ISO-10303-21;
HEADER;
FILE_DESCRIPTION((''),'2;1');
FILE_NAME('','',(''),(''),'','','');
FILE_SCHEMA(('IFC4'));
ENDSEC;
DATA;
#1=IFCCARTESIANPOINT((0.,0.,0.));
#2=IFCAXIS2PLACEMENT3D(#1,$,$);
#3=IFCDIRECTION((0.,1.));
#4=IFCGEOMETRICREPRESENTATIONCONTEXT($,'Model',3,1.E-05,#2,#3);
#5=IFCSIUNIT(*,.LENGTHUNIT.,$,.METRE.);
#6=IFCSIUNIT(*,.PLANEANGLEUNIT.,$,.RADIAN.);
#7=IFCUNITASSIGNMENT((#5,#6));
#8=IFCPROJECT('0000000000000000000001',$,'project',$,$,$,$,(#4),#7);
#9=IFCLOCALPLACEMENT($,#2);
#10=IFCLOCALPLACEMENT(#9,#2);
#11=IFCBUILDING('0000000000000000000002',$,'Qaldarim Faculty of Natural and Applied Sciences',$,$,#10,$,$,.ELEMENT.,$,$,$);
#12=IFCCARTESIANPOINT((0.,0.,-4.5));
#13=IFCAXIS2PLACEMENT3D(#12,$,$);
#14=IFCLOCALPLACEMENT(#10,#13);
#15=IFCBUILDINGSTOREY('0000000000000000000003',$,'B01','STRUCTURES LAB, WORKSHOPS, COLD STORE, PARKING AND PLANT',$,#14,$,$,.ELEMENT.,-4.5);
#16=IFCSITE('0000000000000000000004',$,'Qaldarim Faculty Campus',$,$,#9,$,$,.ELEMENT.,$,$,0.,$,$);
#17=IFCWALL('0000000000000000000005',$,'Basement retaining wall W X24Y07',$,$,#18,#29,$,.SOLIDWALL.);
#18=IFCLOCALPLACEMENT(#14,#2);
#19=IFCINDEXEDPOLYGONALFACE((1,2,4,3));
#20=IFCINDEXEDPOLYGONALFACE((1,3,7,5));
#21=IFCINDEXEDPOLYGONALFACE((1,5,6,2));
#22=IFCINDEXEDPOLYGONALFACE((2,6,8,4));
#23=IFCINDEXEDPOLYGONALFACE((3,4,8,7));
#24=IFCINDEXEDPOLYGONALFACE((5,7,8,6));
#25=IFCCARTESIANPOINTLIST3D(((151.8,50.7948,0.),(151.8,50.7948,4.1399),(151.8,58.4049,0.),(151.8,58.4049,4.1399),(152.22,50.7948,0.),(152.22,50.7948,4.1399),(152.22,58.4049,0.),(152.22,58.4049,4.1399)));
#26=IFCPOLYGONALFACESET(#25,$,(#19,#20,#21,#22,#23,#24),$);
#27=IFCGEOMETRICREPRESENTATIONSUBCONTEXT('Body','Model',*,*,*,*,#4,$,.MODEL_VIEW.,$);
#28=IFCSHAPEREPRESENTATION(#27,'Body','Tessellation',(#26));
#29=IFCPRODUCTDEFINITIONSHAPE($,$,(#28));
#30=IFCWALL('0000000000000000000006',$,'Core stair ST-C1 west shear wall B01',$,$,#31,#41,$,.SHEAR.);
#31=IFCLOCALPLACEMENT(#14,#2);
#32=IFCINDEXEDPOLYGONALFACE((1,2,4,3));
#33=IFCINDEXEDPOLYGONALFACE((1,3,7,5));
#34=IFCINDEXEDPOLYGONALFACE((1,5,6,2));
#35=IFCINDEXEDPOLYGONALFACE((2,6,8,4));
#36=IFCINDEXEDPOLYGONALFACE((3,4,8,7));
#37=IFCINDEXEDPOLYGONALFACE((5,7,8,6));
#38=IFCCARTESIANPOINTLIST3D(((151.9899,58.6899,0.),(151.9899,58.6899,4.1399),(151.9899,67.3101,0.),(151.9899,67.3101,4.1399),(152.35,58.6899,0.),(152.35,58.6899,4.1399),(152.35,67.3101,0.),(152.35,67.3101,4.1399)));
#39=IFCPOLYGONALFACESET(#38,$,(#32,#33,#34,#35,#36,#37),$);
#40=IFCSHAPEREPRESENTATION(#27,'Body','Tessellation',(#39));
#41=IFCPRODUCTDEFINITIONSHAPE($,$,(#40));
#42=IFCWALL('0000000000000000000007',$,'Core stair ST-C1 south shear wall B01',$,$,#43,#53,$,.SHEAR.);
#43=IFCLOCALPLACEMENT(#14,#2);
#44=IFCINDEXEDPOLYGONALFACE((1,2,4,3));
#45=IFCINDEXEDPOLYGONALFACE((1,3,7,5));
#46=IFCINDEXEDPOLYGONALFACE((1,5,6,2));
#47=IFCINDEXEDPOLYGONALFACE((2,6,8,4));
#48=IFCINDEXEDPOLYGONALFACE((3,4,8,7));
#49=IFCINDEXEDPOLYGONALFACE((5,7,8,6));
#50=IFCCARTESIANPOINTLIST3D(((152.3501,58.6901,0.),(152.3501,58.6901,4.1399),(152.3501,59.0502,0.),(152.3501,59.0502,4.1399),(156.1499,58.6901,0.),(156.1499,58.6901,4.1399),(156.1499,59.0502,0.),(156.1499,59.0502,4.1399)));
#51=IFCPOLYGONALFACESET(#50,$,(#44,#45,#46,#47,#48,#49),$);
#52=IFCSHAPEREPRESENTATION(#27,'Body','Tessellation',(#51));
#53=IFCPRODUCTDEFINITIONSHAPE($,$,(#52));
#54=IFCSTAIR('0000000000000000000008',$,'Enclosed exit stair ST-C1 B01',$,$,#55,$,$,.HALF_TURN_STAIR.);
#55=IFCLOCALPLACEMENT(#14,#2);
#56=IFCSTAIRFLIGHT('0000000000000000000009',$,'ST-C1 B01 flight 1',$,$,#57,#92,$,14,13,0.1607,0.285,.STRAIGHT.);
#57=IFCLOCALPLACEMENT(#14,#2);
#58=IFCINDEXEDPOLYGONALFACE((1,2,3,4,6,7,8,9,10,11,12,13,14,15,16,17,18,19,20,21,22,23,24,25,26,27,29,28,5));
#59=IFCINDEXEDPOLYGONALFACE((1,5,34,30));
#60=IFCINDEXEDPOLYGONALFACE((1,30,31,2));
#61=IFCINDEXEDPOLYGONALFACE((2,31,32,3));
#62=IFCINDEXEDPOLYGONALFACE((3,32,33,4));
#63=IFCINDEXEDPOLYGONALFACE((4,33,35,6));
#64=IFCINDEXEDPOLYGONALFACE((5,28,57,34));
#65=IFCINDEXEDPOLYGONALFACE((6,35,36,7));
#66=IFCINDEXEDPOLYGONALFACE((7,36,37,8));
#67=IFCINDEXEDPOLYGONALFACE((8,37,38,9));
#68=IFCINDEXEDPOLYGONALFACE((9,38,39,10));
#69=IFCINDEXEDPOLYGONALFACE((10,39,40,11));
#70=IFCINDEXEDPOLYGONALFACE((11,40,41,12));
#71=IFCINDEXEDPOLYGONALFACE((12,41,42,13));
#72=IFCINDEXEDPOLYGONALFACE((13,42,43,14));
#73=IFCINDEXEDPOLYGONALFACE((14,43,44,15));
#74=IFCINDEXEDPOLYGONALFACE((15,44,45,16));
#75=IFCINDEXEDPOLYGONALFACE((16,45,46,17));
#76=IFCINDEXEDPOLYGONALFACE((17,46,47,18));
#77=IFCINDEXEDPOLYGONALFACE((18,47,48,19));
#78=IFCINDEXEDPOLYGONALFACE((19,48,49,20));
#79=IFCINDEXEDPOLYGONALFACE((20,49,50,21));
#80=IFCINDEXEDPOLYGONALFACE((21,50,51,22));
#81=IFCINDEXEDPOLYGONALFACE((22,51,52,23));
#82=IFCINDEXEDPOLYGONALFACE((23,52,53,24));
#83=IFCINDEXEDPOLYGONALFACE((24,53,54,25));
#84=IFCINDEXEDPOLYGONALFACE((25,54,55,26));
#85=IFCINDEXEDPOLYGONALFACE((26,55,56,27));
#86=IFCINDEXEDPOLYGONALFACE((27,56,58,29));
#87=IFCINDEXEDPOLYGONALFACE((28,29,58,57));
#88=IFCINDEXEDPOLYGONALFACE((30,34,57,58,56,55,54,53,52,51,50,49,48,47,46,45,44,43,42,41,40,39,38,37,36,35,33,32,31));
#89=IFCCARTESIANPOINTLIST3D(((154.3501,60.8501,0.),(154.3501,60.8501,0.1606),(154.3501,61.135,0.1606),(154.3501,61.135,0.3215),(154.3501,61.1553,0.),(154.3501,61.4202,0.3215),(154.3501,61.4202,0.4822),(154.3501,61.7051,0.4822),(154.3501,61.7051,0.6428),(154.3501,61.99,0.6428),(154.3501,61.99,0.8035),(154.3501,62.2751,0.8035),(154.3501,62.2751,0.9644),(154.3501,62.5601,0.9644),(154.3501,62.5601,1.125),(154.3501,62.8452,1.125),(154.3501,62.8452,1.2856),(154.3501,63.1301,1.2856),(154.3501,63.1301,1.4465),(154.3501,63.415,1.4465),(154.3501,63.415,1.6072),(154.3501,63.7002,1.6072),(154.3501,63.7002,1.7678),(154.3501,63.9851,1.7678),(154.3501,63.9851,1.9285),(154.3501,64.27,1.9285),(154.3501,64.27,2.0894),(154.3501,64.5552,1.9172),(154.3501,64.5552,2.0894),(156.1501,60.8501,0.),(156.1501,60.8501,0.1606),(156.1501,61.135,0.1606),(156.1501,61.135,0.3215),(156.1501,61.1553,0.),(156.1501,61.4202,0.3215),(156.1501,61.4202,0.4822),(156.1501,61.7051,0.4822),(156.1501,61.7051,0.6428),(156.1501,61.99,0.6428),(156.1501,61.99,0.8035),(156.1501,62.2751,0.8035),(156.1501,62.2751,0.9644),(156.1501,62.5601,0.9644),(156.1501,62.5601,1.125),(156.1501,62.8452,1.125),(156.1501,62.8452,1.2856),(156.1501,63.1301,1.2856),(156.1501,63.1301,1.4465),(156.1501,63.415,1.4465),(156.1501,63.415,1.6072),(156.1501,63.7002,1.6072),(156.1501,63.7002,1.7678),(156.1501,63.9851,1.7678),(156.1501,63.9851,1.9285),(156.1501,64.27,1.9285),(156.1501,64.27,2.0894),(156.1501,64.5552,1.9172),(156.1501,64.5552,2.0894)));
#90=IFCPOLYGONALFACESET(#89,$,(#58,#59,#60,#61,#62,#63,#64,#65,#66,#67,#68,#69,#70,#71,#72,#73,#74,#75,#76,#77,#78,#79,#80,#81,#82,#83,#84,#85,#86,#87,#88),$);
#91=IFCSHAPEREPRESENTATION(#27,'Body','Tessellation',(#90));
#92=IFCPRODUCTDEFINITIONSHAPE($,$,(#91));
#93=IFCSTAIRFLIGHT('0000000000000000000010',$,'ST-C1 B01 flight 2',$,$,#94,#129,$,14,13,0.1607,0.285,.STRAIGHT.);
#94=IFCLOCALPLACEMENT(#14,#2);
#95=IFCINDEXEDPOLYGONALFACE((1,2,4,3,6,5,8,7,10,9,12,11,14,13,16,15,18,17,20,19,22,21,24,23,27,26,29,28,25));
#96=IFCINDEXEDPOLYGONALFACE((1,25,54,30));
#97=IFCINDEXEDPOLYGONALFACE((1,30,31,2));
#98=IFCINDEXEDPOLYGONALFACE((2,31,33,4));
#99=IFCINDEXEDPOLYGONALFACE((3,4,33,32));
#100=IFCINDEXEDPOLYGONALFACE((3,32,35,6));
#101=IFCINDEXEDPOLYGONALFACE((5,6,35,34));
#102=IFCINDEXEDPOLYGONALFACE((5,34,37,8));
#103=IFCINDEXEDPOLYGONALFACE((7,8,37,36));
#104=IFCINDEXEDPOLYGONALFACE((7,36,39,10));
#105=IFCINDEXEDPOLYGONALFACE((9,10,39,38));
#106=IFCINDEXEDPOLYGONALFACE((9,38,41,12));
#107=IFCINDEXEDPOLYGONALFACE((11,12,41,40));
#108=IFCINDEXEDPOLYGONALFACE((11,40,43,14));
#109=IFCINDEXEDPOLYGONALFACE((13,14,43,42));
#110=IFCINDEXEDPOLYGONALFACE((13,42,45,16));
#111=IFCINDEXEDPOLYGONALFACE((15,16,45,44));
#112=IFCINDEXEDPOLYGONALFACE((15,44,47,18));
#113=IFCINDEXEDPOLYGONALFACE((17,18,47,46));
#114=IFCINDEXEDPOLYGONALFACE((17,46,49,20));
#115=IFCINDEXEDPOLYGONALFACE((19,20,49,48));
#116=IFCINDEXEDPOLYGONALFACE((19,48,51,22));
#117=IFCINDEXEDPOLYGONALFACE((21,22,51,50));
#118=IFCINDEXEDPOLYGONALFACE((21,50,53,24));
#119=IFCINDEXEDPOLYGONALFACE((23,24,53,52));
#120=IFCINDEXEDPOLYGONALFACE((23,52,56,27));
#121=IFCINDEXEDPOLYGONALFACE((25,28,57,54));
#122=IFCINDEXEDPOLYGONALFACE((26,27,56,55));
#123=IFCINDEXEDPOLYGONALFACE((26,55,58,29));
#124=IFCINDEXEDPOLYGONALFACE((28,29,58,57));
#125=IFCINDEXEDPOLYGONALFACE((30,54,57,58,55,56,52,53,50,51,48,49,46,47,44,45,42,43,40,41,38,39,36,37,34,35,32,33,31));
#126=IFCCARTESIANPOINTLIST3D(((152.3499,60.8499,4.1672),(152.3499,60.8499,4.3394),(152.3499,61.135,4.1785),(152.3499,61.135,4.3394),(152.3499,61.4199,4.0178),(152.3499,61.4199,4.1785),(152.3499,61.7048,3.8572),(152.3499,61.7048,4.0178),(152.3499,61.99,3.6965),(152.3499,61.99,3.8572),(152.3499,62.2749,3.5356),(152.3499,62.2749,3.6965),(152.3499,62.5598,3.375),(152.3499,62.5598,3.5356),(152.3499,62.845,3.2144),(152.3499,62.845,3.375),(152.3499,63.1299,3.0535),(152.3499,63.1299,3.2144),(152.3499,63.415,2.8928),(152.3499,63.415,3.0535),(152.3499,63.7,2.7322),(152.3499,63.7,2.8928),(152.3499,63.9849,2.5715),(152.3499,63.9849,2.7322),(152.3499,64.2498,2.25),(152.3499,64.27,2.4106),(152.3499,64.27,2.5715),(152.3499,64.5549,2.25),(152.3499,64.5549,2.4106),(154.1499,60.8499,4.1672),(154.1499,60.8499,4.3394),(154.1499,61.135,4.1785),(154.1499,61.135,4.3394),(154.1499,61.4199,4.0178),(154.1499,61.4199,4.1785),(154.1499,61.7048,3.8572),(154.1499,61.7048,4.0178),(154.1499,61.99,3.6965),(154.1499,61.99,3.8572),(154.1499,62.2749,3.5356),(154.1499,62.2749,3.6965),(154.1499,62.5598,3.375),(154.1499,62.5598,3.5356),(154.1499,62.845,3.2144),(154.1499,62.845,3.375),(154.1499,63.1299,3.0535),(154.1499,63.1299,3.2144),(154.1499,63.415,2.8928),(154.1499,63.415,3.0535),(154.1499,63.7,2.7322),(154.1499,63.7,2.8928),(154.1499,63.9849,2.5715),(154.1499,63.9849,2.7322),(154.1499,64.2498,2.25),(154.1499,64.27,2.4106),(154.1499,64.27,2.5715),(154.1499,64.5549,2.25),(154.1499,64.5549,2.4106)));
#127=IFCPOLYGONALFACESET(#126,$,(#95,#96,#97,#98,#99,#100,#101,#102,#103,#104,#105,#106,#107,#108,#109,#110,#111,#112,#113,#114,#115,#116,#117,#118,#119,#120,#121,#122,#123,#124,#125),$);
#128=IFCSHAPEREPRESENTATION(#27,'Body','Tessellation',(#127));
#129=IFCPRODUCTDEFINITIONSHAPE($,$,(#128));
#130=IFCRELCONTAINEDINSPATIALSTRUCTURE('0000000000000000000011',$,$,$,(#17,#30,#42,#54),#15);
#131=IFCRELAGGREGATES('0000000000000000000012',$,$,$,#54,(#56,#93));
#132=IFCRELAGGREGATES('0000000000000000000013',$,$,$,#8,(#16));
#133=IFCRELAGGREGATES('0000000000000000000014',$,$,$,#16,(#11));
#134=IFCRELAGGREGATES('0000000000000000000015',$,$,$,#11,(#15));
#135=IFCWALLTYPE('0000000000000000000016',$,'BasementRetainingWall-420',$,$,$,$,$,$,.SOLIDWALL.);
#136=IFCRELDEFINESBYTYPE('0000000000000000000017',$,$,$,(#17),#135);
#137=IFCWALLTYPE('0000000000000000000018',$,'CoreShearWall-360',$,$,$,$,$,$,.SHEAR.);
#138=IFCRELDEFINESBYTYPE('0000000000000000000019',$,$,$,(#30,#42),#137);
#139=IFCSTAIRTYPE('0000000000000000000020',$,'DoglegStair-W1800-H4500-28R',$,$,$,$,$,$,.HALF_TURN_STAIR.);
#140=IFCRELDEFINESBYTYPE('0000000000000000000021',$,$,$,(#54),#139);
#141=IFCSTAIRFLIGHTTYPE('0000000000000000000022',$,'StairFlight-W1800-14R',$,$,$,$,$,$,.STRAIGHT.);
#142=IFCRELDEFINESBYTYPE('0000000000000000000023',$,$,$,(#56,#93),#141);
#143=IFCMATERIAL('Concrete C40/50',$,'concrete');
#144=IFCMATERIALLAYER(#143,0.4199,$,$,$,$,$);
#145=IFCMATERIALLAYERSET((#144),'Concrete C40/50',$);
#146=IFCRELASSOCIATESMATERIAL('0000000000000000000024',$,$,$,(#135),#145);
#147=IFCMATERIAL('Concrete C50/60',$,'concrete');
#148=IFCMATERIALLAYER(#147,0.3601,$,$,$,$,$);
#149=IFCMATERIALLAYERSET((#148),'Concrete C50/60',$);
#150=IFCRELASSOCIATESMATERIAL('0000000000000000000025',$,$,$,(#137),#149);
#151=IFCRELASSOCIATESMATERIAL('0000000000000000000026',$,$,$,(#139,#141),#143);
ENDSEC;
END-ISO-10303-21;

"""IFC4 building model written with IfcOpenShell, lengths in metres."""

from ifc_helpers import new_model, si_unit, direction, frame, frame_2d, origin, place, context, subcontext, project, spatial, polyline, rectangle, outline, extrude, material, layer, layer_set, type_object, element, aggregate, save


model = new_model("IFC4")

# Units and contexts
model_context = context("Model", 3, precision=1e-05, world=origin(), true_north=direction((0.0, 1.0)))
body_context = subcontext(model_context, "Body", "Model", "MODEL_VIEW")
ifc_project = project(units=[si_unit("LENGTHUNIT", "METRE"), si_unit("PLANEANGLEUNIT", "RADIAN")], contexts=[model_context])

# Site, building, storey
site_placement = place(None, origin())
site = spatial("IfcSite", under=ifc_project, at=site_placement, Name="Qaldarim Faculty Campus", CompositionType="ELEMENT", RefElevation=0.0)
building_placement = place(site_placement, origin())
building = spatial("IfcBuilding", under=site, at=building_placement, Name="Qaldarim Faculty of Natural and Applied Sciences", CompositionType="ELEMENT")
storey_placement = place(building_placement, frame((0.0, 0.0, -4.5)))
storey = spatial("IfcBuildingStorey", under=building, at=storey_placement, Name="B01", Description="STRUCTURES LAB, WORKSHOPS, COLD STORE, PARKING AND PLANT", CompositionType="ELEMENT", Elevation=-4.5)

# Shared definitions
ifc_material_1 = material(Name="Concrete C40/50", Category="concrete")

# Shared definitions
ifc_material_2 = material(Name="Concrete C50/60", Category="concrete")

# Walls
ifc_layer_1 = layer(ifc_material_1, 0.4199)
ifc_layer_set_1 = layer_set([ifc_layer_1], Name="Concrete C40/50")
wall_type_1 = type_object("IfcWallType", Name="BasementRetainingWall-420", PredefinedType="SOLIDWALL", material=ifc_layer_set_1)
wall_1_placement = place(storey_placement, frame((152.01, 58.405, 0.0), z_axis=(0.0, 0.0, 1.0), x_axis=(0.0, -1.0, 0.0)))
element("IfcWall", 1, at=wall_1_placement, inside=storey, type_object=wall_type_1, Name="Basement retaining wall W X24Y07", PredefinedType="SOLIDWALL", context=body_context, shape_type="SweptSolid", body=[
    extrude(rectangle(XDim=7.6101, YDim=0.4199, at=frame_2d((3.8052, 0.0))), origin(), (0.0, 0.0, 1.0), 4.1399),
])
ifc_layer_2 = layer(ifc_material_2, 0.3601)
ifc_layer_set_2 = layer_set([ifc_layer_2], Name="Concrete C50/60")
wall_type_2 = type_object("IfcWallType", Name="CoreShearWall-360", PredefinedType="SHEAR", material=ifc_layer_set_2)
wall_2_placement = place(storey_placement, frame((152.1699, 58.6899, 0.0), z_axis=(0.0, 0.0, 1.0), x_axis=(0.0, 1.0, 0.0)))
element("IfcWall", 2, at=wall_2_placement, inside=storey, type_object=wall_type_2, Name="Core stair ST-C1 west shear wall B01", PredefinedType="SHEAR", context=body_context, shape_type="SweptSolid", body=[
    extrude(rectangle(XDim=8.6201, YDim=0.3601, at=frame_2d((4.3101, 0.0))), origin(), (0.0, 0.0, 1.0), 4.1399),
])

# Wall
wall_3_placement = place(storey_placement, frame((152.3501, 58.8701, 0.0), z_axis=(0.0, 0.0, 1.0), x_axis=(1.0, 0.0, 0.0)))
element("IfcWall", 3, at=wall_3_placement, inside=storey, type_object=wall_type_2, Name="Core stair ST-C1 south shear wall B01", PredefinedType="SHEAR", context=body_context, shape_type="SweptSolid", body=[
    extrude(rectangle(XDim=3.7998, YDim=0.3601, at=frame_2d((1.8999, 0.0))), origin(), (0.0, 0.0, 1.0), 4.1399),
])

# Stair, stair flights
stair_type = type_object("IfcStairType", Name="DoglegStair-W1800-H4500-28R", PredefinedType="HALF_TURN_STAIR", material=ifc_material_1)
stair_placement = place(storey_placement, origin())
stair = element("IfcStair", 4, at=stair_placement, inside=storey, type_object=stair_type, Name="Enclosed exit stair ST-C1 B01", PredefinedType="HALF_TURN_STAIR")
stair_flight_type = type_object("IfcStairFlightType", Name="StairFlight-W1800-14R", PredefinedType="STRAIGHT", material=ifc_material_1)
stair_flight_1_placement = place(storey_placement, frame((155.25, 60.8501, 0.0), z_axis=(0.0, 0.0, 1.0), x_axis=(0.0, 1.0, 0.0)))
stair_flight_1 = element("IfcStairFlight", 5, at=stair_flight_1_placement, type_object=stair_flight_type, Name="ST-C1 B01 flight 1", NumberOfRisers=14, NumberOfTreads=13, PredefinedType="STRAIGHT", RiserHeight=0.1607, TreadLength=0.285, context=body_context, shape_type="SweptSolid", body=[
    extrude(outline(polyline([(0.0, 0.0), (0.0, 0.1606), (0.2849, 0.1606), (0.2849, 0.3215), (0.5701, 0.3215), (0.5701, 0.4822), (0.855, 0.4822), (0.855, 0.6428), (1.1399, 0.6428), (1.1399, 0.8035), (1.425, 0.8035), (1.425, 0.9644), (1.71, 0.9644), (1.71, 1.125), (1.9951, 1.125), (1.9951, 1.2856), (2.28, 1.2856), (2.28, 1.4465), (2.5649, 1.4465), (2.5649, 1.6072), (2.8501, 1.6072), (2.8501, 1.7678), (3.135, 1.7678), (3.135, 1.9285), (3.4199, 1.9285), (3.4199, 2.0894), (3.7051, 2.0894), (3.7051, 2.25), (3.7051, 1.9172), (0.3052, 0.0), (0.0, 0.0)])), frame((0.0, 0.8999, 0.0), z_axis=(0.0, -1.0, 0.0), x_axis=(1.0, 0.0, 0.0)), (0.0, 0.0, 1.0), 1.8),
])
stair_flight_2_placement = place(storey_placement, frame((153.25, 64.5549, 2.25), z_axis=(0.0, 0.0, 1.0), x_axis=(0.0, -1.0, 0.0)))
stair_flight_2 = element("IfcStairFlight", 6, at=stair_flight_2_placement, type_object=stair_flight_type, Name="ST-C1 B01 flight 2", NumberOfRisers=14, NumberOfTreads=13, PredefinedType="STRAIGHT", RiserHeight=0.1607, TreadLength=0.285, context=body_context, shape_type="SweptSolid", body=[
    extrude(outline(polyline([(0.0, 0.0), (0.0, 0.1606), (0.2849, 0.1606), (0.2849, 0.3215), (0.5701, 0.3215), (0.5701, 0.4822), (0.855, 0.4822), (0.855, 0.6428), (1.1399, 0.6428), (1.1399, 0.8035), (1.425, 0.8035), (1.425, 0.9644), (1.71, 0.9644), (1.71, 1.125), (1.9951, 1.125), (1.9951, 1.2856), (2.28, 1.2856), (2.28, 1.4465), (2.5649, 1.4465), (2.5649, 1.6072), (2.8501, 1.6072), (2.8501, 1.7678), (3.135, 1.7678), (3.135, 1.9285), (3.4199, 1.9285), (3.4199, 2.0894), (3.7051, 2.0894), (3.7051, 2.25), (3.7051, 1.9172), (0.3052, 0.0), (0.0, 0.0)])), frame((0.0, 0.8999, 0.0), z_axis=(0.0, -1.0, 0.0), x_axis=(1.0, 0.0, 0.0)), (0.0, 0.0, 1.0), 1.8),
])
aggregate(stair, [stair_flight_1, stair_flight_2])

save(model, "model.ifc")
